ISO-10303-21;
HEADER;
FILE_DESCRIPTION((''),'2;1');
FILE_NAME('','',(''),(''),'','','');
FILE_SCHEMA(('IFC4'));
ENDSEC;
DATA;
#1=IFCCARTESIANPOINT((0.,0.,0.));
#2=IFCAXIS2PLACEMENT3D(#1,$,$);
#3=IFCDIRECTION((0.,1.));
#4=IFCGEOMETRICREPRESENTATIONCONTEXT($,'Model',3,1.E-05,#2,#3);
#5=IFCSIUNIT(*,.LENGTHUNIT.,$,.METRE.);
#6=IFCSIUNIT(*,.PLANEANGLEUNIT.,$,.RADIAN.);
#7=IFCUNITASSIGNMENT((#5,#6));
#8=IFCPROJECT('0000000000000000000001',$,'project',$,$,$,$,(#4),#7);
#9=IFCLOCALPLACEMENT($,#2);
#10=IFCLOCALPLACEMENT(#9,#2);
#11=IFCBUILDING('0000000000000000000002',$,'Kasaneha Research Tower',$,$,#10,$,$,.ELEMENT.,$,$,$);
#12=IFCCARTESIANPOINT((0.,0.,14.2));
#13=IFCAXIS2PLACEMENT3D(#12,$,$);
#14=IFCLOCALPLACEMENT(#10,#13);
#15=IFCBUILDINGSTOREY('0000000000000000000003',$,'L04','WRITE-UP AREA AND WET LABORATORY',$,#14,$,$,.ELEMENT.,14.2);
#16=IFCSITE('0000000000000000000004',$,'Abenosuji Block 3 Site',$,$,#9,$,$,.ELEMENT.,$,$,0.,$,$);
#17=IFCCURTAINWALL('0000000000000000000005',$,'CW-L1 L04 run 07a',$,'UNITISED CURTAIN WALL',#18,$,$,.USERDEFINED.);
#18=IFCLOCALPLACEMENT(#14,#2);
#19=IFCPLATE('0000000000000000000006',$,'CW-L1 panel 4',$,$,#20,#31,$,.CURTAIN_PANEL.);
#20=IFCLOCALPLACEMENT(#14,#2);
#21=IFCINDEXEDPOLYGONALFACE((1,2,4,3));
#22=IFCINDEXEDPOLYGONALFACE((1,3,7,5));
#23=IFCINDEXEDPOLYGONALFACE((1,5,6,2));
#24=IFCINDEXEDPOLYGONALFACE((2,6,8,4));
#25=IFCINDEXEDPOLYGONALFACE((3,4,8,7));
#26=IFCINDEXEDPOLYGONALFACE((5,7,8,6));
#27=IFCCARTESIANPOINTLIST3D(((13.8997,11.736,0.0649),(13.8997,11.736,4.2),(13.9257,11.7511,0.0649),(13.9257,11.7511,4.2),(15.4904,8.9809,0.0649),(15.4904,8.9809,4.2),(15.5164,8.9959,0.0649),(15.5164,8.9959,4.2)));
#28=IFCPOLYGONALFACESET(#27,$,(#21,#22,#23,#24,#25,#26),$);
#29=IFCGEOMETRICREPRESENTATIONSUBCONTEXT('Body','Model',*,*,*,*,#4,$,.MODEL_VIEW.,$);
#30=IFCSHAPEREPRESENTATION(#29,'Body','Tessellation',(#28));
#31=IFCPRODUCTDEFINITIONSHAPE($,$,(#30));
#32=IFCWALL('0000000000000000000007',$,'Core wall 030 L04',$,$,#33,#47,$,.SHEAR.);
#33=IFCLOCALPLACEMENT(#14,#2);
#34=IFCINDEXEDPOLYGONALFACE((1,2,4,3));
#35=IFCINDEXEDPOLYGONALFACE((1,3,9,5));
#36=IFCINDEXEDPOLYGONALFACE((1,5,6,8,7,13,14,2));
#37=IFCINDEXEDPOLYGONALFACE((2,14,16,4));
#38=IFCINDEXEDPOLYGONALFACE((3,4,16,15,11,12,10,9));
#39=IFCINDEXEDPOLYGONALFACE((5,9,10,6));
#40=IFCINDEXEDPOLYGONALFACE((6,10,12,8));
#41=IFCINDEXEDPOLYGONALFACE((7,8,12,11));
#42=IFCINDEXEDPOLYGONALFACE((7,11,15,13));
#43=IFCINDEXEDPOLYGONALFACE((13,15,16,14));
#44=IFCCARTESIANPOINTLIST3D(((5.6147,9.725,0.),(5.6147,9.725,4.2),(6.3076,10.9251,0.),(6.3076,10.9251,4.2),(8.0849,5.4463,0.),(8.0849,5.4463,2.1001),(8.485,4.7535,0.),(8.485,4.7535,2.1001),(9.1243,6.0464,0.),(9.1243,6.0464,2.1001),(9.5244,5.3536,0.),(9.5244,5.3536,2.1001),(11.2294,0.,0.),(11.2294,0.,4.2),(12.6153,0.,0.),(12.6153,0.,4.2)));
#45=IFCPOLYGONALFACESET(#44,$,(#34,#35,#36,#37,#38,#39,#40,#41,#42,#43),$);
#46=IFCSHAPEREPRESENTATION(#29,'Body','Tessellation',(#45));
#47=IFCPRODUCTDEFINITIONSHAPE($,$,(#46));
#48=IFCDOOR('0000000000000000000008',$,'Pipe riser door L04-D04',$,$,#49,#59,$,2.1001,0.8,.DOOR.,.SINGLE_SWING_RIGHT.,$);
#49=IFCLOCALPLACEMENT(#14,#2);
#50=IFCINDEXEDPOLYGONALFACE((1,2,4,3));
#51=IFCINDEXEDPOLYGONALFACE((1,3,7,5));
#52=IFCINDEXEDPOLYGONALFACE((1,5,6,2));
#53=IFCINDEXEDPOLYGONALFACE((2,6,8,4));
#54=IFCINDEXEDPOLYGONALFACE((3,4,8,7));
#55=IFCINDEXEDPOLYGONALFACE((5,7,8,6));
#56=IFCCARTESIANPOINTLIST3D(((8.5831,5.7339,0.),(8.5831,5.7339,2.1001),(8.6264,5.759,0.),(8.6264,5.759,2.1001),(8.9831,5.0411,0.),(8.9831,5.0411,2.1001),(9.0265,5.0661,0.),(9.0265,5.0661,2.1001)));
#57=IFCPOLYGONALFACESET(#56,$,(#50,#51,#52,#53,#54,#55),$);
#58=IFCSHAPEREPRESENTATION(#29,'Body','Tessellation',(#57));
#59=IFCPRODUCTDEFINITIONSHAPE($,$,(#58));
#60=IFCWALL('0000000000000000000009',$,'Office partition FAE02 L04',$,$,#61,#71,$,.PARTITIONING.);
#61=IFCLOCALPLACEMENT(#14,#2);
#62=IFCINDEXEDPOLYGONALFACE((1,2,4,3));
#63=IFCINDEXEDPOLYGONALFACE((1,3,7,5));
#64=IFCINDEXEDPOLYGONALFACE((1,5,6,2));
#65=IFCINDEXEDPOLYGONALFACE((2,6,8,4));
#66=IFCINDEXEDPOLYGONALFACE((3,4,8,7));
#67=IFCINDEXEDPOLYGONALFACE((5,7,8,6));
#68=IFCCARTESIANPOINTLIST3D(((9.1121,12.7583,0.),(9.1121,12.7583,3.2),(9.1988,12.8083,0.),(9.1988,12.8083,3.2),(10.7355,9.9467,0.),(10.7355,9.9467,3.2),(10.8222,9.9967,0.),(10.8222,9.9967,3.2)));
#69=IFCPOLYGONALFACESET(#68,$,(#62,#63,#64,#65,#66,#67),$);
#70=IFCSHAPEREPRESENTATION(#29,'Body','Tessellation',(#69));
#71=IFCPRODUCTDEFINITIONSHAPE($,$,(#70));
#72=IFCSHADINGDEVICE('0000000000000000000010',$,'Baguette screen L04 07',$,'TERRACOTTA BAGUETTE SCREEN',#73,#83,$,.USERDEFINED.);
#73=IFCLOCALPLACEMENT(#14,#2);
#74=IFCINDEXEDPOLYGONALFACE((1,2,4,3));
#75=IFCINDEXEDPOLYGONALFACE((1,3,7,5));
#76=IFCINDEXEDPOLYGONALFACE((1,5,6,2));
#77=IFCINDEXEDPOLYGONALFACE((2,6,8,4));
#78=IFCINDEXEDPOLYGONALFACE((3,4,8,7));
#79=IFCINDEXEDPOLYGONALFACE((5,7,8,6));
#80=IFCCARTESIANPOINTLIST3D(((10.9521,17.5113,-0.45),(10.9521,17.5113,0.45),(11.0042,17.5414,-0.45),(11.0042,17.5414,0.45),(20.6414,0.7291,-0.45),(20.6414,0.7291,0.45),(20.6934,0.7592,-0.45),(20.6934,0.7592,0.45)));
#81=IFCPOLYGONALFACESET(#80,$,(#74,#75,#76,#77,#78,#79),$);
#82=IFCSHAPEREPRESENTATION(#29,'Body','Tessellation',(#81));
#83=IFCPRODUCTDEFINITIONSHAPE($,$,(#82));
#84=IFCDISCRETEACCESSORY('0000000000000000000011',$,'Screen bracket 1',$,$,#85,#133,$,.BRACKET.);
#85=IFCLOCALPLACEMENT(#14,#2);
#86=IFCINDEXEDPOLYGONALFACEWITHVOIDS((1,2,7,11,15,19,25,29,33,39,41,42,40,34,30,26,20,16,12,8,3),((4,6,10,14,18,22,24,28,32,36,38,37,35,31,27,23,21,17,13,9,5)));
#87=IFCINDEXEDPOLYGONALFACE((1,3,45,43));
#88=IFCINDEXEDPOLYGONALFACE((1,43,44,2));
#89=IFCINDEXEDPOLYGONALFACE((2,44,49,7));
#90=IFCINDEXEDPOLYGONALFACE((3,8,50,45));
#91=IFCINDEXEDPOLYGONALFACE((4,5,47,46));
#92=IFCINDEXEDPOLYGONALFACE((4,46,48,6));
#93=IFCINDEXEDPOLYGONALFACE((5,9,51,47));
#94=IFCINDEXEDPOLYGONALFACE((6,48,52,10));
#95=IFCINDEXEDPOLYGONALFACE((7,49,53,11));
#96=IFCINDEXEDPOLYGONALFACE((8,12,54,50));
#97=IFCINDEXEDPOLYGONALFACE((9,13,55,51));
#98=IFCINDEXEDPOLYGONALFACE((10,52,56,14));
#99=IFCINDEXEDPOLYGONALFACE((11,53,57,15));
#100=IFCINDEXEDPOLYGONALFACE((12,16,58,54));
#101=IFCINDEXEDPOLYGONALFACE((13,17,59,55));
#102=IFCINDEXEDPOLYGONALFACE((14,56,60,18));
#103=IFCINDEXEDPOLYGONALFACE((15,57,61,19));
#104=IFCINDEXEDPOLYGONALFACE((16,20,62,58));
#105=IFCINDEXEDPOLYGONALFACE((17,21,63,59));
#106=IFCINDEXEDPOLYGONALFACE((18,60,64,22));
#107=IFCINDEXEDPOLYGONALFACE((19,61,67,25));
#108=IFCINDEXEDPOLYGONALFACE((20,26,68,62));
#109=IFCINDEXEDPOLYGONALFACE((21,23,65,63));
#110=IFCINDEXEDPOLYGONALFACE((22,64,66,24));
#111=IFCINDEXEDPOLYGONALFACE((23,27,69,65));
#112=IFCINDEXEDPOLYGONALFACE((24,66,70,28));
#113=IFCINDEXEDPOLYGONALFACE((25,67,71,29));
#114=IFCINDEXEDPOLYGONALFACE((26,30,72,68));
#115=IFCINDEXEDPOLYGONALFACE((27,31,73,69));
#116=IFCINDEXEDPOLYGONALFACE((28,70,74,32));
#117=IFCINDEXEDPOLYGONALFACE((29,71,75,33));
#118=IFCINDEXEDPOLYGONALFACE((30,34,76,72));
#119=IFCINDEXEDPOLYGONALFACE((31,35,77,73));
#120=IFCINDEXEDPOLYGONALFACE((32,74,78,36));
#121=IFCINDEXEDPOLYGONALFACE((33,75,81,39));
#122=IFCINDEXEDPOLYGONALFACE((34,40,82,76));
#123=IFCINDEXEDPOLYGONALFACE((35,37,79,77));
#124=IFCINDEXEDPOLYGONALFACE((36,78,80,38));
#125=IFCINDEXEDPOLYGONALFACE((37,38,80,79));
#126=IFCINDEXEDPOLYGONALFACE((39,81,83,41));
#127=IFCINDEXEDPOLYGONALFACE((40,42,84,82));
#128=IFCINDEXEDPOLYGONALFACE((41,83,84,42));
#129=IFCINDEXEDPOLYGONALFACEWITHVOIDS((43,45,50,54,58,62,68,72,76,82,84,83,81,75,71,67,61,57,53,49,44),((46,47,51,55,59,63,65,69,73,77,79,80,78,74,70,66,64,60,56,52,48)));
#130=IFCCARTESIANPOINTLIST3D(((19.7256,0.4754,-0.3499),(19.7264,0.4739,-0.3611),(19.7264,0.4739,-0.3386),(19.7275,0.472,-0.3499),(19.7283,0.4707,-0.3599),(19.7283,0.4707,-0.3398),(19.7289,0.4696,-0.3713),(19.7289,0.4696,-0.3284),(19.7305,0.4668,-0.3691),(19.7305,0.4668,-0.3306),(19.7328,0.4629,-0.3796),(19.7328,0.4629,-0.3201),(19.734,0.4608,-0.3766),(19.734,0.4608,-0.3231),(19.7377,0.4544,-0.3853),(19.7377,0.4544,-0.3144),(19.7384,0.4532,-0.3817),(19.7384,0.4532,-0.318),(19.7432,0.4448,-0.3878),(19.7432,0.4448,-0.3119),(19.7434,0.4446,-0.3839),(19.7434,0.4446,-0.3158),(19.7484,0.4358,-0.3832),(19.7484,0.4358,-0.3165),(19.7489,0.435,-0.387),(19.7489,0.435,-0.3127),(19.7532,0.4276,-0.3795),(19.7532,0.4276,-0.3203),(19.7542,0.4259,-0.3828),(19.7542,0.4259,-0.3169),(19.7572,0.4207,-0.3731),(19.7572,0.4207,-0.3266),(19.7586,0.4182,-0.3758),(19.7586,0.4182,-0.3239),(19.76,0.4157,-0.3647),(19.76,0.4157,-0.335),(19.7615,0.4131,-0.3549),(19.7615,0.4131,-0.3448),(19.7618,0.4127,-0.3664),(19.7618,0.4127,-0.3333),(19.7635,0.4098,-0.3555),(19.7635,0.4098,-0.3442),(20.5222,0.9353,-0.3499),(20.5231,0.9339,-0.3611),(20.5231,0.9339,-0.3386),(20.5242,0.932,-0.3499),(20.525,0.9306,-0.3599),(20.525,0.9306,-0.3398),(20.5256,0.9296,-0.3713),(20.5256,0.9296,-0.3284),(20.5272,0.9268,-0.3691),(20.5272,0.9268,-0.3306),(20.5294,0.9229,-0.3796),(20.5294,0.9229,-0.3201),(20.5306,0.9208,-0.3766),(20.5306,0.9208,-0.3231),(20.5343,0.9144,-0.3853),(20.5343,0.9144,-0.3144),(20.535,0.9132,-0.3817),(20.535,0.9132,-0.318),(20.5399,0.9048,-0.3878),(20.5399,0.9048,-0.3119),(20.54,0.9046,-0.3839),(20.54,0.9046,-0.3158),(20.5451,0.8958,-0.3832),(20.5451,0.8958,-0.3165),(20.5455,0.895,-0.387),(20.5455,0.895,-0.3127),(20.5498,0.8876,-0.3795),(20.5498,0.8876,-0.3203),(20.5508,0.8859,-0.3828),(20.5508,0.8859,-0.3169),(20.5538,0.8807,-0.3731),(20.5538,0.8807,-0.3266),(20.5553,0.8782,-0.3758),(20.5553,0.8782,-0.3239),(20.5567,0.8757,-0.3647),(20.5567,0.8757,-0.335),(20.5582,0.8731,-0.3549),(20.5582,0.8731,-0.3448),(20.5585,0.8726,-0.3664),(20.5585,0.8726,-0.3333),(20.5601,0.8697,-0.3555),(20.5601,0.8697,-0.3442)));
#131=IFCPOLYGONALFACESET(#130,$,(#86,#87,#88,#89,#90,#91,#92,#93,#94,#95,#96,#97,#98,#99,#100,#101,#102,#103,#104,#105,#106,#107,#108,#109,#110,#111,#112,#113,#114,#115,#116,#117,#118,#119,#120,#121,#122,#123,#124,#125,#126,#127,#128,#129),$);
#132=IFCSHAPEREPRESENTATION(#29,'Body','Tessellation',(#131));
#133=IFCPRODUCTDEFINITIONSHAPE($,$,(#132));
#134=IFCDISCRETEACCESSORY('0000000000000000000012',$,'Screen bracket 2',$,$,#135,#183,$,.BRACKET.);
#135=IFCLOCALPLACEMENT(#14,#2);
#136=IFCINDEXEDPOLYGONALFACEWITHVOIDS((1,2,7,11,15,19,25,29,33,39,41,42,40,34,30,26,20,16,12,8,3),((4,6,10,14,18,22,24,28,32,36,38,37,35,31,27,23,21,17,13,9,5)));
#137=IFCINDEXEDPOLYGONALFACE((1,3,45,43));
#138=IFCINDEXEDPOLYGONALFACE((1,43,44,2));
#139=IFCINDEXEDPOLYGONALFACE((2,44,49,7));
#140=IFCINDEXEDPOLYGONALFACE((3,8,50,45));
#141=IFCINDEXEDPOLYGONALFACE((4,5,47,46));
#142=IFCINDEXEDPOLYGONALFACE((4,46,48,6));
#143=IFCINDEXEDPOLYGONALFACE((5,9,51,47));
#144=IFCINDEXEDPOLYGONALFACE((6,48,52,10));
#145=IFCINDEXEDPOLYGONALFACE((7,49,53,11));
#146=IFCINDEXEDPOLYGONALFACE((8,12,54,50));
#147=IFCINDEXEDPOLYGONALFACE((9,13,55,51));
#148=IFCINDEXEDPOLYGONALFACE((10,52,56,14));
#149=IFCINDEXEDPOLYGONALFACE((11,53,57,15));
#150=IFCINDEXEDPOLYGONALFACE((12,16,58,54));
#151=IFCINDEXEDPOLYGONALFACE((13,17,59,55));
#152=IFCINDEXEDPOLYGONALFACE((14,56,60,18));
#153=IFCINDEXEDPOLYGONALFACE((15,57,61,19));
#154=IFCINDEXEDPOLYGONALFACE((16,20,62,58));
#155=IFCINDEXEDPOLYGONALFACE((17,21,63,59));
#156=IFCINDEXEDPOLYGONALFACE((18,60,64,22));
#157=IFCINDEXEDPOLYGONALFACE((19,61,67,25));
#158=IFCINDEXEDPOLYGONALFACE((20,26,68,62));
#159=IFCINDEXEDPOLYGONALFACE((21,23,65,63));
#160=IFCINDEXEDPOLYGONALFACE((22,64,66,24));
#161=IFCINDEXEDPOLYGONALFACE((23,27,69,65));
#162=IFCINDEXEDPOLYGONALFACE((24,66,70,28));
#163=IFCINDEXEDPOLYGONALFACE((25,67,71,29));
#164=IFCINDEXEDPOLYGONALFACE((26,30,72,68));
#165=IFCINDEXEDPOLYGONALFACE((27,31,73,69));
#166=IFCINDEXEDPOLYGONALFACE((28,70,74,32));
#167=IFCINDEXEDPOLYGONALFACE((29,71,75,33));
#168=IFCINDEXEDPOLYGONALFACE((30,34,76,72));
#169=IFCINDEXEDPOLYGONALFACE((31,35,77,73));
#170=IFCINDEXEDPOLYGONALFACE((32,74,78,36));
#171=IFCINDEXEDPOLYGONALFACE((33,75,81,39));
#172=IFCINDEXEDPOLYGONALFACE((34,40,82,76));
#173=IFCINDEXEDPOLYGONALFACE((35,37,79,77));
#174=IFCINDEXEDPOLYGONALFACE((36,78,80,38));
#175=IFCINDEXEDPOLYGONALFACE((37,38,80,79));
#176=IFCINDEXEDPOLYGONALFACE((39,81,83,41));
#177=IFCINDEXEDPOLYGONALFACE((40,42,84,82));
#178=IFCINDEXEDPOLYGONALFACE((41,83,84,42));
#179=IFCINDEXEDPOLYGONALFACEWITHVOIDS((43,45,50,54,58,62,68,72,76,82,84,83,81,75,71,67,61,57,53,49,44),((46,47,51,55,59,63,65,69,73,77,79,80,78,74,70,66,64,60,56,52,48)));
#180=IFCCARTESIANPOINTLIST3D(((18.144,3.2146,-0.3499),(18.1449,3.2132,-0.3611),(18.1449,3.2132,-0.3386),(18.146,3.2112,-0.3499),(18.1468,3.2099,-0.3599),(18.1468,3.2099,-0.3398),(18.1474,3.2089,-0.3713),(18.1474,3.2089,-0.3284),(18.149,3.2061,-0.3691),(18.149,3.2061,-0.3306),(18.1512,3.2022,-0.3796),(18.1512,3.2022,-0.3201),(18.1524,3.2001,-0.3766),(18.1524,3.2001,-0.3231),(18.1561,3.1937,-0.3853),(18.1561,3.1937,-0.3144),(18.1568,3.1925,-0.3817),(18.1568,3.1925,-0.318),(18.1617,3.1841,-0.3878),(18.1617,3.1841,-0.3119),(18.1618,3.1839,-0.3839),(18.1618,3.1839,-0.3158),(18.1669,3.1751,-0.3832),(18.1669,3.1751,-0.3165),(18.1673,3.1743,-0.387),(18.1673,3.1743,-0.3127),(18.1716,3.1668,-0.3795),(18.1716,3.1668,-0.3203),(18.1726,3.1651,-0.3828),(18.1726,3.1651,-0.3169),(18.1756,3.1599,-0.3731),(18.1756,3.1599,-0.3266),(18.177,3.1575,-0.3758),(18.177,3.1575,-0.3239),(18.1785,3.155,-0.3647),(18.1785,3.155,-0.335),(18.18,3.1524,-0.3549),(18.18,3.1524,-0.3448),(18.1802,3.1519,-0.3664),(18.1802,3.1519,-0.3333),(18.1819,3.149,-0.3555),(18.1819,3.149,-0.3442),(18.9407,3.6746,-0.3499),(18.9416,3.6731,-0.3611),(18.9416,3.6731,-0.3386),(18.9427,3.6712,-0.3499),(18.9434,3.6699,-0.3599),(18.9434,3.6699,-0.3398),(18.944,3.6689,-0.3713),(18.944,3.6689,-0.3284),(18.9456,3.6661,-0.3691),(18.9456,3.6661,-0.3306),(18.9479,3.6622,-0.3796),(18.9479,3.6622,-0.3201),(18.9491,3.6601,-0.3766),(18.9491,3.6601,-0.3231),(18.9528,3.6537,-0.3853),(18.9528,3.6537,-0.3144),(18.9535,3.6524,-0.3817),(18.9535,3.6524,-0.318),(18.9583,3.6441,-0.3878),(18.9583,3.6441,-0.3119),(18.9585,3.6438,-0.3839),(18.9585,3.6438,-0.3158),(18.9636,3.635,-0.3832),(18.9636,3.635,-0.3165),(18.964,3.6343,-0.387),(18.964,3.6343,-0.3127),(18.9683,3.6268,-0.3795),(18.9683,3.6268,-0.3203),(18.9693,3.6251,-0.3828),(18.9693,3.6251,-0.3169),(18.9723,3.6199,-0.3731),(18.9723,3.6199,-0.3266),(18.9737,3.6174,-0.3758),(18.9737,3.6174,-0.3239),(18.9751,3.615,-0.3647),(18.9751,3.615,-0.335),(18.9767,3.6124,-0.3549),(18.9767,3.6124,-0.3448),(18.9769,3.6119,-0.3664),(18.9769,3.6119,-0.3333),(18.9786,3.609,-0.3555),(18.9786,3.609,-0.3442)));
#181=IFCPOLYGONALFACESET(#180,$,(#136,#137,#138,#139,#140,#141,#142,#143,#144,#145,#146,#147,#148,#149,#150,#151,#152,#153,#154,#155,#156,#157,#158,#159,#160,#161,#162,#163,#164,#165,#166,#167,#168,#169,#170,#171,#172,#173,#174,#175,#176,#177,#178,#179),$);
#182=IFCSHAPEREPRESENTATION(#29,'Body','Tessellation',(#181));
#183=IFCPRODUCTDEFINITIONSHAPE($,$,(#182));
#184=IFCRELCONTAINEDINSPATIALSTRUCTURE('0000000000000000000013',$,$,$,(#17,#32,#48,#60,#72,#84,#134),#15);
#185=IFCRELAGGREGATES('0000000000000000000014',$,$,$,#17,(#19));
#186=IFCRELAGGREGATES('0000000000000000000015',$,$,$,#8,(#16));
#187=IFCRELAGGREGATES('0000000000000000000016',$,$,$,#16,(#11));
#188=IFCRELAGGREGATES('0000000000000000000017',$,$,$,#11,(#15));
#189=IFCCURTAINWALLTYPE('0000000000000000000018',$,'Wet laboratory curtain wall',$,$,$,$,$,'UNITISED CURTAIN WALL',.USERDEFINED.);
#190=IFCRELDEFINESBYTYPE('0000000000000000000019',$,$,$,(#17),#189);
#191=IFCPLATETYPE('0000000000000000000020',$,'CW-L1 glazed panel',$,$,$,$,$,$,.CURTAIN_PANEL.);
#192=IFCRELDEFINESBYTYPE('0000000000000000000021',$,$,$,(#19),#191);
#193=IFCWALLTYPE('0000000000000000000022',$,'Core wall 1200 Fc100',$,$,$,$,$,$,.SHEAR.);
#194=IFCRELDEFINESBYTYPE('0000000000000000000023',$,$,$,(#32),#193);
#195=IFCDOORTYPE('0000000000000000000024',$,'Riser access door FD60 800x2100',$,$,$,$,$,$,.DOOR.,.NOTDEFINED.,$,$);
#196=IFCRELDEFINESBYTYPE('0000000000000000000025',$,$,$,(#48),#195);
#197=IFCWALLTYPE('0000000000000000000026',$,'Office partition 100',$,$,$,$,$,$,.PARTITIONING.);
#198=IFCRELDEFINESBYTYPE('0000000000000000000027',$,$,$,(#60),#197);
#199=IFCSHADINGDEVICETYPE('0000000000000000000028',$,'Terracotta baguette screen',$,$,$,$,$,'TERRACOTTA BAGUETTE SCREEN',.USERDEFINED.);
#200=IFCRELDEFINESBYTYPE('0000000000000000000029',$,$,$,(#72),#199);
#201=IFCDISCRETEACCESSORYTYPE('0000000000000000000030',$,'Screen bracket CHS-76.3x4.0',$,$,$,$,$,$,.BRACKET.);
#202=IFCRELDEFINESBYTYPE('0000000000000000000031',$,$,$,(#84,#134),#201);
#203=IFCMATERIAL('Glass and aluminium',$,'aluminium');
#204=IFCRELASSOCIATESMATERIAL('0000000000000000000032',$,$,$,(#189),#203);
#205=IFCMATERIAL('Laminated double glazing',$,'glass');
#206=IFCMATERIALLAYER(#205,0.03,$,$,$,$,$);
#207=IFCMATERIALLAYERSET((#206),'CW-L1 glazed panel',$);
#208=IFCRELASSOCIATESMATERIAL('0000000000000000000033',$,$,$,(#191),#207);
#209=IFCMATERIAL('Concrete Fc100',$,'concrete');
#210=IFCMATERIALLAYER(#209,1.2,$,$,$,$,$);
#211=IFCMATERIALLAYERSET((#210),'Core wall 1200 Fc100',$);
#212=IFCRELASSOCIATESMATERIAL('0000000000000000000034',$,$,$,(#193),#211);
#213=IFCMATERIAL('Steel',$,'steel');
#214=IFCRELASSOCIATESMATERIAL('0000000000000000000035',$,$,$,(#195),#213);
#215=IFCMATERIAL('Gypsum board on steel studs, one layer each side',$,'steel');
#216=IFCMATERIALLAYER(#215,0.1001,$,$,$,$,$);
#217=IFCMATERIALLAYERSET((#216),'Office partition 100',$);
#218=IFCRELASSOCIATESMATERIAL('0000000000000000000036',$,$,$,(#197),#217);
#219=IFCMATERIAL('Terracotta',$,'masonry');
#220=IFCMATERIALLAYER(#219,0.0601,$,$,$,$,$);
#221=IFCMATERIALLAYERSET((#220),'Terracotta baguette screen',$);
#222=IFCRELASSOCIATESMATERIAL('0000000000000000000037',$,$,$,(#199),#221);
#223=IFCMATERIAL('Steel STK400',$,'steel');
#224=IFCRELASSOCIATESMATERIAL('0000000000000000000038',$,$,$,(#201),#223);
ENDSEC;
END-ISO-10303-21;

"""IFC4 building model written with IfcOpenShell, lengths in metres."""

from ifc_helpers import new_model, si_unit, direction, frame, frame_2d, origin, origin_2d, place, context, subcontext, project, spatial, polyline, rectangle, hollow_circle, outline, extrude, material, layer, layer_set, material_profile, profile_set, type_object, element, fill, aggregate, save


model = new_model("IFC4")

# Units and contexts
model_context = context("Model", 3, precision=1e-05, world=origin(), true_north=direction((0.0, 1.0)))
body_context = subcontext(model_context, "Body", "Model", "MODEL_VIEW")
ifc_project = project(units=[si_unit("LENGTHUNIT", "METRE"), si_unit("PLANEANGLEUNIT", "RADIAN")], contexts=[model_context])

# Site, building, storey
site_placement = place(None, origin())
site = spatial("IfcSite", under=ifc_project, at=site_placement, Name="Abenosuji Block 3 Site", CompositionType="ELEMENT", RefElevation=0.0)
building_placement = place(site_placement, origin())
building = spatial("IfcBuilding", under=site, at=building_placement, Name="Kasaneha Research Tower", CompositionType="ELEMENT")
storey_placement = place(building_placement, frame((0.0, 0.0, 14.2)))
storey = spatial("IfcBuildingStorey", under=building, at=storey_placement, Name="L04", Description="WRITE-UP AREA AND WET LABORATORY", CompositionType="ELEMENT", Elevation=14.2)

# Shared definitions
ifc_material_1 = material(Name="Glass and aluminium", Category="aluminium")
curtain_wall_type = type_object("IfcCurtainWallType", Name="Wet laboratory curtain wall", ElementType="UNITISED CURTAIN WALL", PredefinedType="USERDEFINED", material=ifc_material_1)

# Curtain wall
curtain_wall_1_placement = place(storey_placement, origin())
curtain_wall_1 = element("IfcCurtainWall", 1, at=curtain_wall_1_placement, inside=storey, type_object=curtain_wall_type, Name="CW-L1 L04 run 07a", ObjectType="UNITISED CURTAIN WALL", PredefinedType="USERDEFINED")

# Plate
ifc_material_2 = material(Name="Laminated double glazing", Category="glass")
ifc_layer_1 = layer(ifc_material_2, 0.03)
ifc_layer_set_1 = layer_set([ifc_layer_1], Name="CW-L1 glazed panel")
plate_type = type_object("IfcPlateType", Name="CW-L1 glazed panel", PredefinedType="CURTAIN_PANEL", material=ifc_layer_set_1)
plate_1_placement = place(storey_placement, frame((14.708, 10.366, 0.0649), z_axis=(0.0, 0.0, 1.0), x_axis=(-0.5, 0.866025, 0.0)))
plate_1 = element("IfcPlate", 2, at=plate_1_placement, type_object=plate_type, Name="CW-L1 panel 4", PredefinedType="CURTAIN_PANEL", context=body_context, shape_type="SweptSolid", body=[
    extrude(rectangle(XDim=3.1814, YDim=0.03, at=origin_2d()), origin(), (0.0, 0.0, 1.0), 4.135),
])
aggregate(curtain_wall_1, [plate_1])

# Wall, opening, door
ifc_material_3 = material(Name="Concrete Fc100", Category="concrete")
ifc_layer_2 = layer(ifc_material_3, 1.2)
ifc_layer_set_2 = layer_set([ifc_layer_2], Name="Core wall 1200 Fc100")
wall_type_1 = type_object("IfcWallType", Name="Core wall 1200 Fc100", PredefinedType="SHEAR", material=ifc_layer_set_2)
wall_1_placement = place(storey_placement, frame((11.9224, 0.0, 0.0), z_axis=(0.0, 0.0, 1.0), x_axis=(-0.500004, 0.866023, 0.0)))
wall_1 = element("IfcWall", 3, at=wall_1_placement, inside=storey, type_object=wall_type_1, Name="Core wall 030 L04", PredefinedType="SHEAR", context=body_context, shape_type="SweptSolid", body=[
    extrude(outline(polyline([(-0.3464, -0.6001), (5.8354, -0.6001), (6.6355, -0.6001), (12.2688, -0.6001), (11.5759, 0.6001), (6.6355, 0.6001), (5.8354, 0.6001), (0.3464, 0.6001), (-0.3464, -0.6001)])), origin(), (0.0, 0.0, 1.0), 4.2),
])
opening_1_placement = place(wall_1_placement, frame((5.8354, 0.0, 0.0)))
opening_1 = element("IfcOpeningElement", 4, at=opening_1_placement, cuts=wall_1, PredefinedType="OPENING", context=body_context, shape_type="SweptSolid", body=[
    extrude(rectangle(XDim=0.8, YDim=2.1001, at=frame_2d((0.3999, 1.05))), frame((0.0, 0.6099, 0.0), z_axis=(0.0, -1.0, 0.0), x_axis=(1.0, 0.0, 0.0)), (0.0, 0.0, 1.0), 1.22),
])
ifc_material_4 = material(Name="Steel", Category="steel")
door_type_1 = type_object("IfcDoorType", Name="Riser access door FD60 800x2100", OperationType="NOTDEFINED", PredefinedType="DOOR", material=ifc_material_4)
door_1_placement = place(opening_1_placement, origin())
door_1 = element("IfcDoor", 5, at=door_1_placement, inside=storey, type_object=door_type_1, Name="Pipe riser door L04-D04", OperationType="SINGLE_SWING_RIGHT", OverallHeight=2.1001, OverallWidth=0.8, PredefinedType="DOOR", context=body_context, shape_type="SweptSolid", body=[
    extrude(rectangle(XDim=0.8, YDim=2.1001, at=frame_2d((0.3999, 1.05))), frame((0.0, 0.0249, 0.0), z_axis=(0.0, -1.0, 0.0), x_axis=(1.0, 0.0, 0.0)), (0.0, 0.0, 1.0), 0.05),
])
fill(opening_1, door_1)

# Wall
ifc_material_5 = material(Name="Gypsum board on steel studs, one layer each side", Category="steel")
ifc_layer_3 = layer(ifc_material_5, 0.1001)
ifc_layer_set_3 = layer_set([ifc_layer_3], Name="Office partition 100")
wall_type_2 = type_object("IfcWallType", Name="Office partition 100", PredefinedType="PARTITIONING", material=ifc_layer_set_3)
wall_2_placement = place(storey_placement, frame((10.7788, 9.9717, 0.0), z_axis=(0.0, 0.0, 1.0), x_axis=(-0.500013, 0.866018, 0.0)))
element("IfcWall", 6, at=wall_2_placement, inside=storey, type_object=wall_type_2, Name="Office partition FAE02 L04", PredefinedType="PARTITIONING", context=body_context, shape_type="SweptSolid", body=[
    extrude(rectangle(XDim=3.2466, YDim=0.1001, at=frame_2d((1.6233, 0.0))), origin(), (0.0, 0.0, 1.0), 3.2),
])

# Shading device
ifc_material_6 = material(Name="Terracotta", Category="masonry")
ifc_layer_4 = layer(ifc_material_6, 0.0601)
ifc_layer_set_4 = layer_set([ifc_layer_4], Name="Terracotta baguette screen")
shading_device_type = type_object("IfcShadingDeviceType", Name="Terracotta baguette screen", ElementType="TERRACOTTA BAGUETTE SCREEN", PredefinedType="USERDEFINED", material=ifc_layer_set_4)
shading_device_placement = place(storey_placement, frame((15.8228, 9.1353, -0.45), z_axis=(0.0, 0.0, 1.0), x_axis=(-0.5, 0.866025, 0.0)))
element("IfcShadingDevice", 7, at=shading_device_placement, inside=storey, type_object=shading_device_type, Name="Baguette screen L04 07", ObjectType="TERRACOTTA BAGUETTE SCREEN", PredefinedType="USERDEFINED", context=body_context, shape_type="SweptSolid", body=[
    extrude(rectangle(XDim=19.3784, YDim=0.0601, at=origin_2d()), origin(), (0.0, 0.0, 1.0), 0.8999),
])

# Discrete accessories
ifc_material_7 = material(Name="Steel STK400", Category="steel")
ifc_material_profile_1 = material_profile(ifc_material_7, hollow_circle(Radius=0.0381, WallThickness=0.0039, at=origin_2d()), Name="CHS-76.3x4.0")
ifc_profile_set_1 = profile_set([ifc_material_profile_1], Name="Steel STK400")
discrete_accessory_type = type_object("IfcDiscreteAccessoryType", Name="Screen bracket CHS-76.3x4.0", PredefinedType="BRACKET", material=ifc_profile_set_1)
for number, where, z_axis, x_axis, name in (
    (8, (19.7446, 0.4424, -0.3499), (0.866013, 0.500021, 0.0), (-0.500021, 0.866013, 0.0), "Screen bracket 1"),
    (9, (18.1631, 3.1816, -0.3499), (0.866013, 0.500021, 0.0), (-0.500021, 0.866013, 0.0), "Screen bracket 2"),
):
    element("IfcDiscreteAccessory", number, at=place(storey_placement, frame(where, z_axis=z_axis, x_axis=x_axis)), inside=storey, type_object=discrete_accessory_type, Name=name, PredefinedType="BRACKET", context=body_context, shape_type="SweptSolid", body=[
        extrude(hollow_circle(Radius=0.0381, WallThickness=0.0039, at=origin_2d()), origin(), (0.0, 0.0, 1.0), 0.9199),
    ])

save(model, "model.ifc")
